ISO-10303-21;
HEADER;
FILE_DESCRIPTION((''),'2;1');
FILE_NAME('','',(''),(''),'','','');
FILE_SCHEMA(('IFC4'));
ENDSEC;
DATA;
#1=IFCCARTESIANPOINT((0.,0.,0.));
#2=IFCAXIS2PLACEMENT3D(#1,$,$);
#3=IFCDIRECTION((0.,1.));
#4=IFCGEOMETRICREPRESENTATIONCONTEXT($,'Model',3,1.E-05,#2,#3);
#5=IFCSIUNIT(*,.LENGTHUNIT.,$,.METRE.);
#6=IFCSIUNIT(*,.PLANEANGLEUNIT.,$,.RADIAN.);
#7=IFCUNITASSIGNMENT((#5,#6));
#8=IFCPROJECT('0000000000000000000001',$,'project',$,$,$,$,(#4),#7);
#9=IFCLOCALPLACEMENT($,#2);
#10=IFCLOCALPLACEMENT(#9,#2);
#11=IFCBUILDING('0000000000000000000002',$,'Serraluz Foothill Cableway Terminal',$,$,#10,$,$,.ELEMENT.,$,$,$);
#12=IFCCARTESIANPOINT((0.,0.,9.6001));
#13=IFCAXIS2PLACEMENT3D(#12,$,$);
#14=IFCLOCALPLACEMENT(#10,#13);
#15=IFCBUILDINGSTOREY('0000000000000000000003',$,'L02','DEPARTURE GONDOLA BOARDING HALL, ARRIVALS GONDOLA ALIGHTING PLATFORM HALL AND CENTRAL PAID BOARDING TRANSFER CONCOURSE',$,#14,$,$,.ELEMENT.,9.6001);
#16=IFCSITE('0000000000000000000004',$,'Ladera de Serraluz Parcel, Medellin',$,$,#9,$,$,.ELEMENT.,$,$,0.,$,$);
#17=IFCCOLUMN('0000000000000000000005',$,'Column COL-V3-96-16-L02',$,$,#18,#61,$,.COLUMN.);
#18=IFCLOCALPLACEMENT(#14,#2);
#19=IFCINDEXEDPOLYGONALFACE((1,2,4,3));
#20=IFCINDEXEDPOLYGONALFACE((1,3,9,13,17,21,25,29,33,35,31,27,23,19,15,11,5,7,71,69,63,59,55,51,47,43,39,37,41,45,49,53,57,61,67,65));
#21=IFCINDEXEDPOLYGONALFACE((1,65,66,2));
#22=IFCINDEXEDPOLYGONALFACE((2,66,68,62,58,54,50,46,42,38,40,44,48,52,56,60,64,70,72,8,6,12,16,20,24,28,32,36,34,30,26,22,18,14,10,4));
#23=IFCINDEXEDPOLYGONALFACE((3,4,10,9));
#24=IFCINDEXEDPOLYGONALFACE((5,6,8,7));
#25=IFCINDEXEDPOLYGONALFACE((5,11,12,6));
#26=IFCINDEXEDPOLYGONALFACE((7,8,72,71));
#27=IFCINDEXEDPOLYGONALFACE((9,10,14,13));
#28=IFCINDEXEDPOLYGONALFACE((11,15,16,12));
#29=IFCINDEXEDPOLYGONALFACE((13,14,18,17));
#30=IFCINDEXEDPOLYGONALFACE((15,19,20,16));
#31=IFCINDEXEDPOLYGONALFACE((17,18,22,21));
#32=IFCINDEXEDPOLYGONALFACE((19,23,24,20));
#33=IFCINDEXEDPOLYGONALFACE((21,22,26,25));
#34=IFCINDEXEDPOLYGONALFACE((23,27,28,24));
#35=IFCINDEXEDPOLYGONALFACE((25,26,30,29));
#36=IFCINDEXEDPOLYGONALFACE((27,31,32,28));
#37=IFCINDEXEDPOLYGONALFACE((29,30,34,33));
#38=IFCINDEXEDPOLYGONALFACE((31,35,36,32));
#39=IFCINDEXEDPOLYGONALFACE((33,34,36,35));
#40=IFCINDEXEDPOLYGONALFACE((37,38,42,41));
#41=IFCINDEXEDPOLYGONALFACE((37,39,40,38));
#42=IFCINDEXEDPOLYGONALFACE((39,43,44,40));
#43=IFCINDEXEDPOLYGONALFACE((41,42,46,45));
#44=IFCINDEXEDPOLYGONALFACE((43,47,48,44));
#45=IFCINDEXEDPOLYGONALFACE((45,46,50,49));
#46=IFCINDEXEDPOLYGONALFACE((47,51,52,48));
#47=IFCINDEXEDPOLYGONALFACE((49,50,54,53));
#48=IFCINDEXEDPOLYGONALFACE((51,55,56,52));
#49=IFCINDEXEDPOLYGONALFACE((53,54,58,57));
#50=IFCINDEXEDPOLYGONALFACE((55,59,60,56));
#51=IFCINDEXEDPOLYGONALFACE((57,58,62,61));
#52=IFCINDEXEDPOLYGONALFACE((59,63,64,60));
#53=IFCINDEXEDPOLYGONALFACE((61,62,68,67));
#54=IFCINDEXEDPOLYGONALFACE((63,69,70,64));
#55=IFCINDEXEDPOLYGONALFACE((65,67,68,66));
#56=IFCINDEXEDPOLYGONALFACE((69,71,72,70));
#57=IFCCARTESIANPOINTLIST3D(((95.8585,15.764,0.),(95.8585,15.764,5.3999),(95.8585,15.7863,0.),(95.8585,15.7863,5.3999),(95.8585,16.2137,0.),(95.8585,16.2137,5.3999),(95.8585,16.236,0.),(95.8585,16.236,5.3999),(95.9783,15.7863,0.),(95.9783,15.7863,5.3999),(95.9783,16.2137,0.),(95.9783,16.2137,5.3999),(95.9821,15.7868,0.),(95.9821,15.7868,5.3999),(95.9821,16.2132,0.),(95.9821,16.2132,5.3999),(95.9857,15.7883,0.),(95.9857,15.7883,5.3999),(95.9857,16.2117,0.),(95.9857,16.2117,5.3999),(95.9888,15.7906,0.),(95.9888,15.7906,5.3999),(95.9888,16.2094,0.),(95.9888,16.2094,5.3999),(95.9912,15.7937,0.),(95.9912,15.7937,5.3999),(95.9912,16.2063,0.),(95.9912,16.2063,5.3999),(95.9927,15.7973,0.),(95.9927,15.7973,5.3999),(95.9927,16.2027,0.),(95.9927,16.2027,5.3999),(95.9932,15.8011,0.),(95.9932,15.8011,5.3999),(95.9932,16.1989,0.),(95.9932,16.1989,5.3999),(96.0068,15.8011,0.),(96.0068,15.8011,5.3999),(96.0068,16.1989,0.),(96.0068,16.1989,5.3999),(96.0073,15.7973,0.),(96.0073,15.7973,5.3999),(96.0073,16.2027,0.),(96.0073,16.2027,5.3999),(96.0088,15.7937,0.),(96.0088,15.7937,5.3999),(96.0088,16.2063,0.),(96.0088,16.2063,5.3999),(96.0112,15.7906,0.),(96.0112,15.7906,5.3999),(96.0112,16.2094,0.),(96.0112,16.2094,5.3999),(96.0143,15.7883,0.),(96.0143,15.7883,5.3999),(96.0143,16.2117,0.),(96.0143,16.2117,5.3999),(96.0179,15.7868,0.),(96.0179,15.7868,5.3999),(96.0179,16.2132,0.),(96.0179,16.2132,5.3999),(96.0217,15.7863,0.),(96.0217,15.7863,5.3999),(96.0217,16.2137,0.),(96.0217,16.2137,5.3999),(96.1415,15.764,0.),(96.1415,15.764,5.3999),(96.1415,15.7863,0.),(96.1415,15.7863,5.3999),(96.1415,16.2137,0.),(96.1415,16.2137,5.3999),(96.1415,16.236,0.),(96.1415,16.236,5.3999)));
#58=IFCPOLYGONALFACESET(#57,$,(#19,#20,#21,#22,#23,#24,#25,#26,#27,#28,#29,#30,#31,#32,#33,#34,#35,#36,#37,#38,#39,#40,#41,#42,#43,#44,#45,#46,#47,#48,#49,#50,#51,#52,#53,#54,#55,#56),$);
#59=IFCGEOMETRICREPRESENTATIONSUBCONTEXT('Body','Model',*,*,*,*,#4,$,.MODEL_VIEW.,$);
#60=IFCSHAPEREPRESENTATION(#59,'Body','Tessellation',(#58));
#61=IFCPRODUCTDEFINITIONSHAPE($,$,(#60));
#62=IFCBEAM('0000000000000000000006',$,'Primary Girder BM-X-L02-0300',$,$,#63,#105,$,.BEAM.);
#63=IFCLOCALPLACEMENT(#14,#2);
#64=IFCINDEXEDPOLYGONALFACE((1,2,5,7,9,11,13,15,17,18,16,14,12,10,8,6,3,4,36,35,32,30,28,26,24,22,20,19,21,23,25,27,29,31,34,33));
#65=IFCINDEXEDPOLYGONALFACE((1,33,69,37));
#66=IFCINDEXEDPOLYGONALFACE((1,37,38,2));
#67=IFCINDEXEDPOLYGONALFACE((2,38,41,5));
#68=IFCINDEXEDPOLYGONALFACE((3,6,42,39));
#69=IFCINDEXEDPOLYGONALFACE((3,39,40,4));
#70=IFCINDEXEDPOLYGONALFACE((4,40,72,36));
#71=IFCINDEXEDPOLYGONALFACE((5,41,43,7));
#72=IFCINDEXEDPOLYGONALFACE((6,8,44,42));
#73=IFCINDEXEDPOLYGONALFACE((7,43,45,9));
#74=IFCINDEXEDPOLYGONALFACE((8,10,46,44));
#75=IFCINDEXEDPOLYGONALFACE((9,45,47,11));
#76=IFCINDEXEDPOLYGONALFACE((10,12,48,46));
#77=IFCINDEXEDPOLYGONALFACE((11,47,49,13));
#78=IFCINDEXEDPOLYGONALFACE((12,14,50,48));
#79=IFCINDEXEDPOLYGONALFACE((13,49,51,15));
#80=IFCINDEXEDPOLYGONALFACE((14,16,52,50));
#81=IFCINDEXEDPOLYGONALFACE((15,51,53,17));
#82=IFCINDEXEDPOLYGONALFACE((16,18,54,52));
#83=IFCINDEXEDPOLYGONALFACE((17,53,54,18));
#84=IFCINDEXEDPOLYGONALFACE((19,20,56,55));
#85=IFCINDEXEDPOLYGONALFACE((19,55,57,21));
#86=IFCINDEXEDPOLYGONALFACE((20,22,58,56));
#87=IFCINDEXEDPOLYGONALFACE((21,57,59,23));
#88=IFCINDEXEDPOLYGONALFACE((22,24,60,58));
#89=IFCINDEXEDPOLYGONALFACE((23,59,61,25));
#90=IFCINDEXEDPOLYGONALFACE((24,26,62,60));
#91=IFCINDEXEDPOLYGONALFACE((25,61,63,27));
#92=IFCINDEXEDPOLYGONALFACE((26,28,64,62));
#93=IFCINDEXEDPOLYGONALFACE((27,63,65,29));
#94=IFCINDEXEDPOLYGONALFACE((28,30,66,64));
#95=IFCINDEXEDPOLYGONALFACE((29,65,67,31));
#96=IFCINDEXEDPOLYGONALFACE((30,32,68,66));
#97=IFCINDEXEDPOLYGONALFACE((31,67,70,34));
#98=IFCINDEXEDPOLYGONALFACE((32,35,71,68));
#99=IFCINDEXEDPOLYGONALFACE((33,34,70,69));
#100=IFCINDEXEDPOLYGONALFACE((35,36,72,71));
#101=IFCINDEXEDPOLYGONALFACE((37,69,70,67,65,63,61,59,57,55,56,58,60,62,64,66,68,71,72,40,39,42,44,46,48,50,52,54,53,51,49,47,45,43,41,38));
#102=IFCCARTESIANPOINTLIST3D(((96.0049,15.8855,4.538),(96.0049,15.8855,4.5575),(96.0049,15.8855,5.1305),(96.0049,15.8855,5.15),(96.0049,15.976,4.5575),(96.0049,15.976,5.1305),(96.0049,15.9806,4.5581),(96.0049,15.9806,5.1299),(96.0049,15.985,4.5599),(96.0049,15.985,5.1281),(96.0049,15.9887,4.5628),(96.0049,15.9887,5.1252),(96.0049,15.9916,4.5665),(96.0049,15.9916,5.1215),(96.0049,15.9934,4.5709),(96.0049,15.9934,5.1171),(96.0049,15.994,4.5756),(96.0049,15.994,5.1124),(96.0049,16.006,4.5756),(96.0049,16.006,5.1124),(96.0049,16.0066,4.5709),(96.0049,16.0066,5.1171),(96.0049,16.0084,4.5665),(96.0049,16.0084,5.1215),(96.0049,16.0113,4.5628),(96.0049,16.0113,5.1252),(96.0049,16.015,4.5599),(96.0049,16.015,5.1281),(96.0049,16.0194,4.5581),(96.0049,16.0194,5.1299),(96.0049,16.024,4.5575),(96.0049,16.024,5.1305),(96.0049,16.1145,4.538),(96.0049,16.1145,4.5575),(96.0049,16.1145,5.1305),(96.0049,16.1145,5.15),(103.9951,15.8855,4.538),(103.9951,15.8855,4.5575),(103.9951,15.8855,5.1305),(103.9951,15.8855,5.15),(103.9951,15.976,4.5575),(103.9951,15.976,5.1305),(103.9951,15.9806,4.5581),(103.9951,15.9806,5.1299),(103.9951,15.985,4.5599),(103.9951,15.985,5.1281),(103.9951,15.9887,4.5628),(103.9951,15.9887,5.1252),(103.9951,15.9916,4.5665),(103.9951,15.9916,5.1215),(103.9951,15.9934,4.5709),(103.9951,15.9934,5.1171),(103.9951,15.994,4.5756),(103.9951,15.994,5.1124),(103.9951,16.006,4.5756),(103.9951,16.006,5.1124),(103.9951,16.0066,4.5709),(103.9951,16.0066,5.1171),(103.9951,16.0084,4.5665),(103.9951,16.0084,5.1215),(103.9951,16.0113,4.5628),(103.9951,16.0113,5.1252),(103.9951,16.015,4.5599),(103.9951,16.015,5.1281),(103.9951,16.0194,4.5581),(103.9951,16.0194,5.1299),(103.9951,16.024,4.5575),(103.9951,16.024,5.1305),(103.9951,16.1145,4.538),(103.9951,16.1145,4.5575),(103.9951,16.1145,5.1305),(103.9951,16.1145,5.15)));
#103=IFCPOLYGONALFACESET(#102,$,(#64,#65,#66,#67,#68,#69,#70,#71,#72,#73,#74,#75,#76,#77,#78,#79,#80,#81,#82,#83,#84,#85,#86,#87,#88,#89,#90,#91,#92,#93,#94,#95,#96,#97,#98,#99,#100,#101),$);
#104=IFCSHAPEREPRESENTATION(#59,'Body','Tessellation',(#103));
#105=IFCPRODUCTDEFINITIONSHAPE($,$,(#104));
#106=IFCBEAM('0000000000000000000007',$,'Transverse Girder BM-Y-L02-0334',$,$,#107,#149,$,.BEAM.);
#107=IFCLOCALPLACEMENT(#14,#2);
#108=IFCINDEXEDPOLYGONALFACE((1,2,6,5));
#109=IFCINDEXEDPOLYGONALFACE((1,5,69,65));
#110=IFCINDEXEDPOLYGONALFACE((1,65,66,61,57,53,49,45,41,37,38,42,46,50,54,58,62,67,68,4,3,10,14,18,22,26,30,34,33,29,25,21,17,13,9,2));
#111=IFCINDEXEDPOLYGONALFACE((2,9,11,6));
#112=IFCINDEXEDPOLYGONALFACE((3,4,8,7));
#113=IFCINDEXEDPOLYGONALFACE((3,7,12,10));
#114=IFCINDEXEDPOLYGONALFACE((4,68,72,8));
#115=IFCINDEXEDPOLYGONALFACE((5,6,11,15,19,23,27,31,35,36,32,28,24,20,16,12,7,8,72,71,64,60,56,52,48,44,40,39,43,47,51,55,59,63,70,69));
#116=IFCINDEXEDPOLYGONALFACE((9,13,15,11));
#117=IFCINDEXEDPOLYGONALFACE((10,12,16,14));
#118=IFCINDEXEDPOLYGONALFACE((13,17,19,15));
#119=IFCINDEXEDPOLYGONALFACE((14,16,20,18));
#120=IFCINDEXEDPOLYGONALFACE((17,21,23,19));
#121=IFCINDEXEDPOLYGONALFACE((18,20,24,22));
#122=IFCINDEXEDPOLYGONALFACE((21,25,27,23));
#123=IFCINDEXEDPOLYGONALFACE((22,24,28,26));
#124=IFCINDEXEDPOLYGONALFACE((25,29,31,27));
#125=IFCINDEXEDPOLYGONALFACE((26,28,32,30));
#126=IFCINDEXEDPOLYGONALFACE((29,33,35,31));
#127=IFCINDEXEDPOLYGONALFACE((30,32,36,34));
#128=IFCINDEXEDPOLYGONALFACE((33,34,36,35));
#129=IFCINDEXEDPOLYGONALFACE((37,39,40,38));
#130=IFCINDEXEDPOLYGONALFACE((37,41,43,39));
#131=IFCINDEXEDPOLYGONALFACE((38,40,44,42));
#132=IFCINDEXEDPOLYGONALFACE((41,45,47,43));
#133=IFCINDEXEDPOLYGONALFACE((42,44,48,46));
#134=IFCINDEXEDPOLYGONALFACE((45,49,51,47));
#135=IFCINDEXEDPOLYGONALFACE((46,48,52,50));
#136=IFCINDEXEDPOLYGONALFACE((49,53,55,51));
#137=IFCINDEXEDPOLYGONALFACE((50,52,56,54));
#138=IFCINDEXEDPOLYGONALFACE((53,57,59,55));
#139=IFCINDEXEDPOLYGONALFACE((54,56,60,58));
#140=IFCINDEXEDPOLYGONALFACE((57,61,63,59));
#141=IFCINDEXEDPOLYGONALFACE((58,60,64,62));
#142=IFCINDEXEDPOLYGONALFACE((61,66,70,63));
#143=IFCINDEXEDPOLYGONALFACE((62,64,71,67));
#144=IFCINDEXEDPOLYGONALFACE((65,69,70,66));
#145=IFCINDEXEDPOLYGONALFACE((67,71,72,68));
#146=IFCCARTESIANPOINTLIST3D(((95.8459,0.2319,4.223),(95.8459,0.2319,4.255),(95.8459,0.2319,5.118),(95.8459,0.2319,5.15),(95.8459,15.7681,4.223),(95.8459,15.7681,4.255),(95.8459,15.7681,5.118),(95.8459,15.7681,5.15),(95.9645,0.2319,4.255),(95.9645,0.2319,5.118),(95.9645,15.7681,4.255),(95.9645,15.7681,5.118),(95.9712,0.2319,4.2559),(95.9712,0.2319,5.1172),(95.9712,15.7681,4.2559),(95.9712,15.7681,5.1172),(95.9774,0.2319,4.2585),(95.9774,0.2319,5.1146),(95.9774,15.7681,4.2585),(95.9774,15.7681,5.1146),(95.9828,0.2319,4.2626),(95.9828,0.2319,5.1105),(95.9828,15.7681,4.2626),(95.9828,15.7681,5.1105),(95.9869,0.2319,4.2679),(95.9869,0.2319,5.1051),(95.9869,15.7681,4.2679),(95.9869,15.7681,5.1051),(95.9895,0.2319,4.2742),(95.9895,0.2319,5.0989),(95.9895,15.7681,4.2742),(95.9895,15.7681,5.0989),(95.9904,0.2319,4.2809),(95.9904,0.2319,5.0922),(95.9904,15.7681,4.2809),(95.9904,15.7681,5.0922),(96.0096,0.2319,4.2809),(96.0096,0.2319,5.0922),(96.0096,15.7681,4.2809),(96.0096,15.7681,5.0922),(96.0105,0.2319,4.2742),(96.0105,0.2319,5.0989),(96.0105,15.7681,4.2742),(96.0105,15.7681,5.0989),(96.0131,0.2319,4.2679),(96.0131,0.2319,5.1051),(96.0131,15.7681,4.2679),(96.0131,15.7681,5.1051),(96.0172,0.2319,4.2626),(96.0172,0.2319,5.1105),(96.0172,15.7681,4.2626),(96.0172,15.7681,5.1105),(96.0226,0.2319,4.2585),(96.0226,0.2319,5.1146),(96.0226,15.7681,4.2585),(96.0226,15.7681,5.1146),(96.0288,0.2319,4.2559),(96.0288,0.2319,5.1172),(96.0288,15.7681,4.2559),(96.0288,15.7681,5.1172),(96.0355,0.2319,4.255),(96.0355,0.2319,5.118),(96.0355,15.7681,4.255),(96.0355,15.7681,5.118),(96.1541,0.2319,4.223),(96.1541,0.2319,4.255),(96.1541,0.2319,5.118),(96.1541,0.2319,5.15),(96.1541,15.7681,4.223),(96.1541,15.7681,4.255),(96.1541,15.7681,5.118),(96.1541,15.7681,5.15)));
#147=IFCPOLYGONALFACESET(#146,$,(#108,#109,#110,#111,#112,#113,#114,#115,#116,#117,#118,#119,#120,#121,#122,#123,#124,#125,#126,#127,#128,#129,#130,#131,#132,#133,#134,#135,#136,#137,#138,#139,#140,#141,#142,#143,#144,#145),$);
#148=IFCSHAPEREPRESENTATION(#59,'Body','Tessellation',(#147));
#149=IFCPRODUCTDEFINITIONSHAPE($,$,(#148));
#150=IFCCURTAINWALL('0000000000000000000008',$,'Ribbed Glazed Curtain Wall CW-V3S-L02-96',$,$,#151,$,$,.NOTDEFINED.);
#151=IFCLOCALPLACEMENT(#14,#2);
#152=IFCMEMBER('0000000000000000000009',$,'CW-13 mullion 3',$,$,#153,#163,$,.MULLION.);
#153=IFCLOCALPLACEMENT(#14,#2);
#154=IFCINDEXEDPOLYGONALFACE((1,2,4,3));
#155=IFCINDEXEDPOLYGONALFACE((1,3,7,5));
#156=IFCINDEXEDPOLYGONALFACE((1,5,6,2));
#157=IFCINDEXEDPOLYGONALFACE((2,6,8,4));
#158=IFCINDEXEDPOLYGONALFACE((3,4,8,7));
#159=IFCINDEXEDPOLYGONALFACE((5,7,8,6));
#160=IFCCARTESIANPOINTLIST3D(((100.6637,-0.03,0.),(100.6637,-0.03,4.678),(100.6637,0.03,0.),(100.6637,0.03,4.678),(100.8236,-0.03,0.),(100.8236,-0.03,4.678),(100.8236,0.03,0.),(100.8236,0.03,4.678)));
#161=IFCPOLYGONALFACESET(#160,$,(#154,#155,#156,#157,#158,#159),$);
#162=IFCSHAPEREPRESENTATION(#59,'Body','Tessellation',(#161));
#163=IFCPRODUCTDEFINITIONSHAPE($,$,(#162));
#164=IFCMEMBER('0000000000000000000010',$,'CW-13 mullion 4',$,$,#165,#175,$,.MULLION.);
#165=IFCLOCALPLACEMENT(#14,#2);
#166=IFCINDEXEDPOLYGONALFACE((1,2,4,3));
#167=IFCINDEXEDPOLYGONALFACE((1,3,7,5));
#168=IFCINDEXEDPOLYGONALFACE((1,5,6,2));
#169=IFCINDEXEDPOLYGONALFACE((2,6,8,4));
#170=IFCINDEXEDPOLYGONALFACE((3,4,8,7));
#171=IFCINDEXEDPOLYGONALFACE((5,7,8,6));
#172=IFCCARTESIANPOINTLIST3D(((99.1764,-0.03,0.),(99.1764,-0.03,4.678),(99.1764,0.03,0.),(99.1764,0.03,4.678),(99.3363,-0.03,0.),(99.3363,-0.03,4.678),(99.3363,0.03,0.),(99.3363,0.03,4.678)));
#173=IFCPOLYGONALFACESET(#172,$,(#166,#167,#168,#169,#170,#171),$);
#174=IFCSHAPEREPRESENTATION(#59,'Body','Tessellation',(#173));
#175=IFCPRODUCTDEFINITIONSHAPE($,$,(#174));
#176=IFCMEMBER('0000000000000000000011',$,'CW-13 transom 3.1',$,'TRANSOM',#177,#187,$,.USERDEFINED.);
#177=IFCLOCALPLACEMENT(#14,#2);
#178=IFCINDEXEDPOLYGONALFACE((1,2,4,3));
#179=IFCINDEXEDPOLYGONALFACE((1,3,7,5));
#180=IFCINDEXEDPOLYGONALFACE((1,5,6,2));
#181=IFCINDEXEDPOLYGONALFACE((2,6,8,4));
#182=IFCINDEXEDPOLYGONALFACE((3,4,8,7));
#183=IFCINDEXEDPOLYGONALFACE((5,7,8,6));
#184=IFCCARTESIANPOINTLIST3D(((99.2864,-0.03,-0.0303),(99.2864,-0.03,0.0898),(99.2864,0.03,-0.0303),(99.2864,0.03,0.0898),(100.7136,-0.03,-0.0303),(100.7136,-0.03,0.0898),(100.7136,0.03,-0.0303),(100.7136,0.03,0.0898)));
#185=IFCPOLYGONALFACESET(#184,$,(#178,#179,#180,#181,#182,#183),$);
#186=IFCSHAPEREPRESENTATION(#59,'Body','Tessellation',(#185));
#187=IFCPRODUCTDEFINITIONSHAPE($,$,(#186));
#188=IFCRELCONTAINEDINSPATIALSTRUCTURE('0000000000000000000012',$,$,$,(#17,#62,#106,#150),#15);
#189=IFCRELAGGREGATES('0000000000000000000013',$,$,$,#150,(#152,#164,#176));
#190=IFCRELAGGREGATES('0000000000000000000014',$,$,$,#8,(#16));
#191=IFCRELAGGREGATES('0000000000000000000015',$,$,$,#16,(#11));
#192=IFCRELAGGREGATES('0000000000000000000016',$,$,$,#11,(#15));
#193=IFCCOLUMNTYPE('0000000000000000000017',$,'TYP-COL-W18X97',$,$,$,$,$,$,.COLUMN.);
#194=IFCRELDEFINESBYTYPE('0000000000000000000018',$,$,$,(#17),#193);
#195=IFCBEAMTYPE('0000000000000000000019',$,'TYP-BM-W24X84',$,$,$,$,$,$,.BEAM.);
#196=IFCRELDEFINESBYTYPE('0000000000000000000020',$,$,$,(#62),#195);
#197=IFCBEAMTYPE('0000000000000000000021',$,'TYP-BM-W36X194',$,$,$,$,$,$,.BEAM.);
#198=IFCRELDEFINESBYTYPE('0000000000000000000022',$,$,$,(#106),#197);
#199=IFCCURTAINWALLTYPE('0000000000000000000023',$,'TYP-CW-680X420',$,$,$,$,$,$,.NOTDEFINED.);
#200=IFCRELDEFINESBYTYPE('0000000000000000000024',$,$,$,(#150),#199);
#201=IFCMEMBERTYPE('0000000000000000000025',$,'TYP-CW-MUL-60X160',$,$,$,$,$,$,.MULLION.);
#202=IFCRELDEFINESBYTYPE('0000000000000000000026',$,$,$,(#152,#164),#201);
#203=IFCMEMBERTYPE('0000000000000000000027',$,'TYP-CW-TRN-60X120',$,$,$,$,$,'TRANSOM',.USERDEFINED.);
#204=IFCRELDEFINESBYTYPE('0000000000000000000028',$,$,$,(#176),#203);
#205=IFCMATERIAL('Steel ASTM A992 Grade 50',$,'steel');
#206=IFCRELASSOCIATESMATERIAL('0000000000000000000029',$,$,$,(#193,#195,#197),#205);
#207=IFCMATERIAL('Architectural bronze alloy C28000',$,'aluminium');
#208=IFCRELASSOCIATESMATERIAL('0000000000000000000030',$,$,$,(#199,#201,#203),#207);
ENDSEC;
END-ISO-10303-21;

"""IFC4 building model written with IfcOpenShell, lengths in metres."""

from ifc_helpers import new_model, si_unit, direction, frame, origin, origin_2d, place, context, subcontext, project, spatial, rectangle, i_section, extrude, material, material_profile, profile_set, type_object, element, aggregate, save


model = new_model("IFC4")

# Units and contexts
model_context = context("Model", 3, precision=1e-05, world=origin(), true_north=direction((0.0, 1.0)))
body_context = subcontext(model_context, "Body", "Model", "MODEL_VIEW")
ifc_project = project(units=[si_unit("LENGTHUNIT", "METRE"), si_unit("PLANEANGLEUNIT", "RADIAN")], contexts=[model_context])

# Site, building, storey
site_placement = place(None, origin())
site = spatial("IfcSite", under=ifc_project, at=site_placement, Name="Ladera de Serraluz Parcel, Medellin", CompositionType="ELEMENT", RefElevation=0.0)
building_placement = place(site_placement, origin())
building = spatial("IfcBuilding", under=site, at=building_placement, Name="Serraluz Foothill Cableway Terminal", CompositionType="ELEMENT")
storey_placement = place(building_placement, frame((0.0, 0.0, 9.6001)))
storey = spatial("IfcBuildingStorey", under=building, at=storey_placement, Name="L02", Description="DEPARTURE GONDOLA BOARDING HALL, ARRIVALS GONDOLA ALIGHTING PLATFORM HALL AND CENTRAL PAID BOARDING TRANSFER CONCOURSE", CompositionType="ELEMENT", Elevation=9.6001)

# Column
ifc_material_1 = material(Name="Steel ASTM A992 Grade 50", Category="steel")
ifc_material_profile_1 = material_profile(ifc_material_1, i_section(OverallWidth=0.283, OverallDepth=0.4719, WebThickness=0.0137, FlangeThickness=0.0222, FilletRadius=0.0149, at=origin_2d()), Name="W18X97")
ifc_profile_set_1 = profile_set([ifc_material_profile_1], Name="Steel ASTM A992 Grade 50")
column_type = type_object("IfcColumnType", Name="TYP-COL-W18X97", PredefinedType="COLUMN", material=ifc_profile_set_1)
column_placement = place(storey_placement, frame((96.0, 16.0, 0.0), z_axis=(0.0, 0.0, 1.0), x_axis=(1.0, 0.0, 0.0)))
element("IfcColumn", 1, at=column_placement, inside=storey, type_object=column_type, Name="Column COL-V3-96-16-L02", PredefinedType="COLUMN", context=body_context, shape_type="SweptSolid", body=[
    extrude(i_section(OverallWidth=0.283, OverallDepth=0.4719, WebThickness=0.0137, FlangeThickness=0.0222, FilletRadius=0.0149, at=origin_2d()), origin(), (0.0, 0.0, 1.0), 5.3999),
])

# Beams
ifc_material_profile_2 = material_profile(ifc_material_1, i_section(OverallWidth=0.229, OverallDepth=0.6121, WebThickness=0.012, FlangeThickness=0.0195, FilletRadius=0.0181, at=origin_2d()), Name="W24X84")
ifc_profile_set_2 = profile_set([ifc_material_profile_2], Name="Steel ASTM A992 Grade 50")
beam_type_1 = type_object("IfcBeamType", Name="TYP-BM-W24X84", PredefinedType="BEAM", material=ifc_profile_set_2)
beam_1_placement = place(storey_placement, frame((96.0049, 16.0, 4.844), z_axis=(1.0, 0.0, 0.0), x_axis=(0.0, 1.0, 0.0)))
element("IfcBeam", 2, at=beam_1_placement, inside=storey, type_object=beam_type_1, Name="Primary Girder BM-X-L02-0300", PredefinedType="BEAM", context=body_context, shape_type="SweptSolid", body=[
    extrude(i_section(OverallWidth=0.229, OverallDepth=0.6121, WebThickness=0.012, FlangeThickness=0.0195, FilletRadius=0.0181, at=origin_2d()), origin(), (0.0, 0.0, 1.0), 7.9902),
])
ifc_material_profile_3 = material_profile(ifc_material_1, i_section(OverallWidth=0.3081, OverallDepth=0.927, WebThickness=0.0193, FlangeThickness=0.032, FilletRadius=0.0259, at=origin_2d()), Name="W36X194")
ifc_profile_set_3 = profile_set([ifc_material_profile_3], Name="Steel ASTM A992 Grade 50")
beam_type_2 = type_object("IfcBeamType", Name="TYP-BM-W36X194", PredefinedType="BEAM", material=ifc_profile_set_3)
beam_2_placement = place(storey_placement, frame((96.0, 0.2319, 4.6865), z_axis=(0.0, 1.0, 0.0), x_axis=(-1.0, 0.0, 0.0)))
element("IfcBeam", 3, at=beam_2_placement, inside=storey, type_object=beam_type_2, Name="Transverse Girder BM-Y-L02-0334", PredefinedType="BEAM", context=body_context, shape_type="SweptSolid", body=[
    extrude(i_section(OverallWidth=0.3081, OverallDepth=0.927, WebThickness=0.0193, FlangeThickness=0.032, FilletRadius=0.0259, at=origin_2d()), origin(), (0.0, 0.0, 1.0), 15.5361),
])

# Curtain wall, members
ifc_material_2 = material(Name="Architectural bronze alloy C28000", Category="aluminium")
curtain_wall_type = type_object("IfcCurtainWallType", Name="TYP-CW-680X420", PredefinedType="NOTDEFINED", material=ifc_material_2)
curtain_wall_placement = place(storey_placement, origin())
curtain_wall = element("IfcCurtainWall", 4, at=curtain_wall_placement, inside=storey, type_object=curtain_wall_type, Name="Ribbed Glazed Curtain Wall CW-V3S-L02-96", PredefinedType="NOTDEFINED")
ifc_material_profile_4 = material_profile(ifc_material_2, rectangle(XDim=0.0601, YDim=0.1599, at=origin_2d()), Name="ALU MULLION 60x160")
ifc_profile_set_4 = profile_set([ifc_material_profile_4], Name="Architectural bronze alloy C28000")
member_type_1 = type_object("IfcMemberType", Name="TYP-CW-MUL-60X160", PredefinedType="MULLION", material=ifc_profile_set_4)
member_1_placement = place(storey_placement, frame((100.7437, 0.0, 0.0), z_axis=(0.0, 0.0, 1.0), x_axis=(0.0, -1.0, 0.0)))
member_1 = element("IfcMember", 5, at=member_1_placement, type_object=member_type_1, Name="CW-13 mullion 3", PredefinedType="MULLION", context=body_context, shape_type="SweptSolid", body=[
    extrude(rectangle(XDim=0.0601, YDim=0.1599, at=origin_2d()), origin(), (0.0, 0.0, 1.0), 4.678),
])
member_2_placement = place(storey_placement, frame((99.2563, 0.0, 0.0), z_axis=(0.0, 0.0, 1.0), x_axis=(0.0, -1.0, 0.0)))
member_2 = element("IfcMember", 6, at=member_2_placement, type_object=member_type_1, Name="CW-13 mullion 4", PredefinedType="MULLION", context=body_context, shape_type="SweptSolid", body=[
    extrude(rectangle(XDim=0.0601, YDim=0.1599, at=origin_2d()), origin(), (0.0, 0.0, 1.0), 4.678),
])
ifc_material_profile_5 = material_profile(ifc_material_2, rectangle(XDim=0.0601, YDim=0.1201, at=origin_2d()), Name="ALU TRANSOM 60x120")
ifc_profile_set_5 = profile_set([ifc_material_profile_5], Name="Architectural bronze alloy C28000")
member_type_2 = type_object("IfcMemberType", Name="TYP-CW-TRN-60X120", ElementType="TRANSOM", PredefinedType="USERDEFINED", material=ifc_profile_set_5)
member_3_placement = place(storey_placement, frame((100.7136, 0.0, 0.0298), z_axis=(-1.0, 0.0, 0.0), x_axis=(0.0, -1.0, 0.0)))
member_3 = element("IfcMember", 7, at=member_3_placement, type_object=member_type_2, Name="CW-13 transom 3.1", ObjectType="TRANSOM", PredefinedType="USERDEFINED", context=body_context, shape_type="SweptSolid", body=[
    extrude(rectangle(XDim=0.0601, YDim=0.1201, at=origin_2d()), origin(), (0.0, 0.0, 1.0), 1.4272),
])

aggregate(curtain_wall, [member_1, member_2, member_3])

save(model, "model.ifc")
